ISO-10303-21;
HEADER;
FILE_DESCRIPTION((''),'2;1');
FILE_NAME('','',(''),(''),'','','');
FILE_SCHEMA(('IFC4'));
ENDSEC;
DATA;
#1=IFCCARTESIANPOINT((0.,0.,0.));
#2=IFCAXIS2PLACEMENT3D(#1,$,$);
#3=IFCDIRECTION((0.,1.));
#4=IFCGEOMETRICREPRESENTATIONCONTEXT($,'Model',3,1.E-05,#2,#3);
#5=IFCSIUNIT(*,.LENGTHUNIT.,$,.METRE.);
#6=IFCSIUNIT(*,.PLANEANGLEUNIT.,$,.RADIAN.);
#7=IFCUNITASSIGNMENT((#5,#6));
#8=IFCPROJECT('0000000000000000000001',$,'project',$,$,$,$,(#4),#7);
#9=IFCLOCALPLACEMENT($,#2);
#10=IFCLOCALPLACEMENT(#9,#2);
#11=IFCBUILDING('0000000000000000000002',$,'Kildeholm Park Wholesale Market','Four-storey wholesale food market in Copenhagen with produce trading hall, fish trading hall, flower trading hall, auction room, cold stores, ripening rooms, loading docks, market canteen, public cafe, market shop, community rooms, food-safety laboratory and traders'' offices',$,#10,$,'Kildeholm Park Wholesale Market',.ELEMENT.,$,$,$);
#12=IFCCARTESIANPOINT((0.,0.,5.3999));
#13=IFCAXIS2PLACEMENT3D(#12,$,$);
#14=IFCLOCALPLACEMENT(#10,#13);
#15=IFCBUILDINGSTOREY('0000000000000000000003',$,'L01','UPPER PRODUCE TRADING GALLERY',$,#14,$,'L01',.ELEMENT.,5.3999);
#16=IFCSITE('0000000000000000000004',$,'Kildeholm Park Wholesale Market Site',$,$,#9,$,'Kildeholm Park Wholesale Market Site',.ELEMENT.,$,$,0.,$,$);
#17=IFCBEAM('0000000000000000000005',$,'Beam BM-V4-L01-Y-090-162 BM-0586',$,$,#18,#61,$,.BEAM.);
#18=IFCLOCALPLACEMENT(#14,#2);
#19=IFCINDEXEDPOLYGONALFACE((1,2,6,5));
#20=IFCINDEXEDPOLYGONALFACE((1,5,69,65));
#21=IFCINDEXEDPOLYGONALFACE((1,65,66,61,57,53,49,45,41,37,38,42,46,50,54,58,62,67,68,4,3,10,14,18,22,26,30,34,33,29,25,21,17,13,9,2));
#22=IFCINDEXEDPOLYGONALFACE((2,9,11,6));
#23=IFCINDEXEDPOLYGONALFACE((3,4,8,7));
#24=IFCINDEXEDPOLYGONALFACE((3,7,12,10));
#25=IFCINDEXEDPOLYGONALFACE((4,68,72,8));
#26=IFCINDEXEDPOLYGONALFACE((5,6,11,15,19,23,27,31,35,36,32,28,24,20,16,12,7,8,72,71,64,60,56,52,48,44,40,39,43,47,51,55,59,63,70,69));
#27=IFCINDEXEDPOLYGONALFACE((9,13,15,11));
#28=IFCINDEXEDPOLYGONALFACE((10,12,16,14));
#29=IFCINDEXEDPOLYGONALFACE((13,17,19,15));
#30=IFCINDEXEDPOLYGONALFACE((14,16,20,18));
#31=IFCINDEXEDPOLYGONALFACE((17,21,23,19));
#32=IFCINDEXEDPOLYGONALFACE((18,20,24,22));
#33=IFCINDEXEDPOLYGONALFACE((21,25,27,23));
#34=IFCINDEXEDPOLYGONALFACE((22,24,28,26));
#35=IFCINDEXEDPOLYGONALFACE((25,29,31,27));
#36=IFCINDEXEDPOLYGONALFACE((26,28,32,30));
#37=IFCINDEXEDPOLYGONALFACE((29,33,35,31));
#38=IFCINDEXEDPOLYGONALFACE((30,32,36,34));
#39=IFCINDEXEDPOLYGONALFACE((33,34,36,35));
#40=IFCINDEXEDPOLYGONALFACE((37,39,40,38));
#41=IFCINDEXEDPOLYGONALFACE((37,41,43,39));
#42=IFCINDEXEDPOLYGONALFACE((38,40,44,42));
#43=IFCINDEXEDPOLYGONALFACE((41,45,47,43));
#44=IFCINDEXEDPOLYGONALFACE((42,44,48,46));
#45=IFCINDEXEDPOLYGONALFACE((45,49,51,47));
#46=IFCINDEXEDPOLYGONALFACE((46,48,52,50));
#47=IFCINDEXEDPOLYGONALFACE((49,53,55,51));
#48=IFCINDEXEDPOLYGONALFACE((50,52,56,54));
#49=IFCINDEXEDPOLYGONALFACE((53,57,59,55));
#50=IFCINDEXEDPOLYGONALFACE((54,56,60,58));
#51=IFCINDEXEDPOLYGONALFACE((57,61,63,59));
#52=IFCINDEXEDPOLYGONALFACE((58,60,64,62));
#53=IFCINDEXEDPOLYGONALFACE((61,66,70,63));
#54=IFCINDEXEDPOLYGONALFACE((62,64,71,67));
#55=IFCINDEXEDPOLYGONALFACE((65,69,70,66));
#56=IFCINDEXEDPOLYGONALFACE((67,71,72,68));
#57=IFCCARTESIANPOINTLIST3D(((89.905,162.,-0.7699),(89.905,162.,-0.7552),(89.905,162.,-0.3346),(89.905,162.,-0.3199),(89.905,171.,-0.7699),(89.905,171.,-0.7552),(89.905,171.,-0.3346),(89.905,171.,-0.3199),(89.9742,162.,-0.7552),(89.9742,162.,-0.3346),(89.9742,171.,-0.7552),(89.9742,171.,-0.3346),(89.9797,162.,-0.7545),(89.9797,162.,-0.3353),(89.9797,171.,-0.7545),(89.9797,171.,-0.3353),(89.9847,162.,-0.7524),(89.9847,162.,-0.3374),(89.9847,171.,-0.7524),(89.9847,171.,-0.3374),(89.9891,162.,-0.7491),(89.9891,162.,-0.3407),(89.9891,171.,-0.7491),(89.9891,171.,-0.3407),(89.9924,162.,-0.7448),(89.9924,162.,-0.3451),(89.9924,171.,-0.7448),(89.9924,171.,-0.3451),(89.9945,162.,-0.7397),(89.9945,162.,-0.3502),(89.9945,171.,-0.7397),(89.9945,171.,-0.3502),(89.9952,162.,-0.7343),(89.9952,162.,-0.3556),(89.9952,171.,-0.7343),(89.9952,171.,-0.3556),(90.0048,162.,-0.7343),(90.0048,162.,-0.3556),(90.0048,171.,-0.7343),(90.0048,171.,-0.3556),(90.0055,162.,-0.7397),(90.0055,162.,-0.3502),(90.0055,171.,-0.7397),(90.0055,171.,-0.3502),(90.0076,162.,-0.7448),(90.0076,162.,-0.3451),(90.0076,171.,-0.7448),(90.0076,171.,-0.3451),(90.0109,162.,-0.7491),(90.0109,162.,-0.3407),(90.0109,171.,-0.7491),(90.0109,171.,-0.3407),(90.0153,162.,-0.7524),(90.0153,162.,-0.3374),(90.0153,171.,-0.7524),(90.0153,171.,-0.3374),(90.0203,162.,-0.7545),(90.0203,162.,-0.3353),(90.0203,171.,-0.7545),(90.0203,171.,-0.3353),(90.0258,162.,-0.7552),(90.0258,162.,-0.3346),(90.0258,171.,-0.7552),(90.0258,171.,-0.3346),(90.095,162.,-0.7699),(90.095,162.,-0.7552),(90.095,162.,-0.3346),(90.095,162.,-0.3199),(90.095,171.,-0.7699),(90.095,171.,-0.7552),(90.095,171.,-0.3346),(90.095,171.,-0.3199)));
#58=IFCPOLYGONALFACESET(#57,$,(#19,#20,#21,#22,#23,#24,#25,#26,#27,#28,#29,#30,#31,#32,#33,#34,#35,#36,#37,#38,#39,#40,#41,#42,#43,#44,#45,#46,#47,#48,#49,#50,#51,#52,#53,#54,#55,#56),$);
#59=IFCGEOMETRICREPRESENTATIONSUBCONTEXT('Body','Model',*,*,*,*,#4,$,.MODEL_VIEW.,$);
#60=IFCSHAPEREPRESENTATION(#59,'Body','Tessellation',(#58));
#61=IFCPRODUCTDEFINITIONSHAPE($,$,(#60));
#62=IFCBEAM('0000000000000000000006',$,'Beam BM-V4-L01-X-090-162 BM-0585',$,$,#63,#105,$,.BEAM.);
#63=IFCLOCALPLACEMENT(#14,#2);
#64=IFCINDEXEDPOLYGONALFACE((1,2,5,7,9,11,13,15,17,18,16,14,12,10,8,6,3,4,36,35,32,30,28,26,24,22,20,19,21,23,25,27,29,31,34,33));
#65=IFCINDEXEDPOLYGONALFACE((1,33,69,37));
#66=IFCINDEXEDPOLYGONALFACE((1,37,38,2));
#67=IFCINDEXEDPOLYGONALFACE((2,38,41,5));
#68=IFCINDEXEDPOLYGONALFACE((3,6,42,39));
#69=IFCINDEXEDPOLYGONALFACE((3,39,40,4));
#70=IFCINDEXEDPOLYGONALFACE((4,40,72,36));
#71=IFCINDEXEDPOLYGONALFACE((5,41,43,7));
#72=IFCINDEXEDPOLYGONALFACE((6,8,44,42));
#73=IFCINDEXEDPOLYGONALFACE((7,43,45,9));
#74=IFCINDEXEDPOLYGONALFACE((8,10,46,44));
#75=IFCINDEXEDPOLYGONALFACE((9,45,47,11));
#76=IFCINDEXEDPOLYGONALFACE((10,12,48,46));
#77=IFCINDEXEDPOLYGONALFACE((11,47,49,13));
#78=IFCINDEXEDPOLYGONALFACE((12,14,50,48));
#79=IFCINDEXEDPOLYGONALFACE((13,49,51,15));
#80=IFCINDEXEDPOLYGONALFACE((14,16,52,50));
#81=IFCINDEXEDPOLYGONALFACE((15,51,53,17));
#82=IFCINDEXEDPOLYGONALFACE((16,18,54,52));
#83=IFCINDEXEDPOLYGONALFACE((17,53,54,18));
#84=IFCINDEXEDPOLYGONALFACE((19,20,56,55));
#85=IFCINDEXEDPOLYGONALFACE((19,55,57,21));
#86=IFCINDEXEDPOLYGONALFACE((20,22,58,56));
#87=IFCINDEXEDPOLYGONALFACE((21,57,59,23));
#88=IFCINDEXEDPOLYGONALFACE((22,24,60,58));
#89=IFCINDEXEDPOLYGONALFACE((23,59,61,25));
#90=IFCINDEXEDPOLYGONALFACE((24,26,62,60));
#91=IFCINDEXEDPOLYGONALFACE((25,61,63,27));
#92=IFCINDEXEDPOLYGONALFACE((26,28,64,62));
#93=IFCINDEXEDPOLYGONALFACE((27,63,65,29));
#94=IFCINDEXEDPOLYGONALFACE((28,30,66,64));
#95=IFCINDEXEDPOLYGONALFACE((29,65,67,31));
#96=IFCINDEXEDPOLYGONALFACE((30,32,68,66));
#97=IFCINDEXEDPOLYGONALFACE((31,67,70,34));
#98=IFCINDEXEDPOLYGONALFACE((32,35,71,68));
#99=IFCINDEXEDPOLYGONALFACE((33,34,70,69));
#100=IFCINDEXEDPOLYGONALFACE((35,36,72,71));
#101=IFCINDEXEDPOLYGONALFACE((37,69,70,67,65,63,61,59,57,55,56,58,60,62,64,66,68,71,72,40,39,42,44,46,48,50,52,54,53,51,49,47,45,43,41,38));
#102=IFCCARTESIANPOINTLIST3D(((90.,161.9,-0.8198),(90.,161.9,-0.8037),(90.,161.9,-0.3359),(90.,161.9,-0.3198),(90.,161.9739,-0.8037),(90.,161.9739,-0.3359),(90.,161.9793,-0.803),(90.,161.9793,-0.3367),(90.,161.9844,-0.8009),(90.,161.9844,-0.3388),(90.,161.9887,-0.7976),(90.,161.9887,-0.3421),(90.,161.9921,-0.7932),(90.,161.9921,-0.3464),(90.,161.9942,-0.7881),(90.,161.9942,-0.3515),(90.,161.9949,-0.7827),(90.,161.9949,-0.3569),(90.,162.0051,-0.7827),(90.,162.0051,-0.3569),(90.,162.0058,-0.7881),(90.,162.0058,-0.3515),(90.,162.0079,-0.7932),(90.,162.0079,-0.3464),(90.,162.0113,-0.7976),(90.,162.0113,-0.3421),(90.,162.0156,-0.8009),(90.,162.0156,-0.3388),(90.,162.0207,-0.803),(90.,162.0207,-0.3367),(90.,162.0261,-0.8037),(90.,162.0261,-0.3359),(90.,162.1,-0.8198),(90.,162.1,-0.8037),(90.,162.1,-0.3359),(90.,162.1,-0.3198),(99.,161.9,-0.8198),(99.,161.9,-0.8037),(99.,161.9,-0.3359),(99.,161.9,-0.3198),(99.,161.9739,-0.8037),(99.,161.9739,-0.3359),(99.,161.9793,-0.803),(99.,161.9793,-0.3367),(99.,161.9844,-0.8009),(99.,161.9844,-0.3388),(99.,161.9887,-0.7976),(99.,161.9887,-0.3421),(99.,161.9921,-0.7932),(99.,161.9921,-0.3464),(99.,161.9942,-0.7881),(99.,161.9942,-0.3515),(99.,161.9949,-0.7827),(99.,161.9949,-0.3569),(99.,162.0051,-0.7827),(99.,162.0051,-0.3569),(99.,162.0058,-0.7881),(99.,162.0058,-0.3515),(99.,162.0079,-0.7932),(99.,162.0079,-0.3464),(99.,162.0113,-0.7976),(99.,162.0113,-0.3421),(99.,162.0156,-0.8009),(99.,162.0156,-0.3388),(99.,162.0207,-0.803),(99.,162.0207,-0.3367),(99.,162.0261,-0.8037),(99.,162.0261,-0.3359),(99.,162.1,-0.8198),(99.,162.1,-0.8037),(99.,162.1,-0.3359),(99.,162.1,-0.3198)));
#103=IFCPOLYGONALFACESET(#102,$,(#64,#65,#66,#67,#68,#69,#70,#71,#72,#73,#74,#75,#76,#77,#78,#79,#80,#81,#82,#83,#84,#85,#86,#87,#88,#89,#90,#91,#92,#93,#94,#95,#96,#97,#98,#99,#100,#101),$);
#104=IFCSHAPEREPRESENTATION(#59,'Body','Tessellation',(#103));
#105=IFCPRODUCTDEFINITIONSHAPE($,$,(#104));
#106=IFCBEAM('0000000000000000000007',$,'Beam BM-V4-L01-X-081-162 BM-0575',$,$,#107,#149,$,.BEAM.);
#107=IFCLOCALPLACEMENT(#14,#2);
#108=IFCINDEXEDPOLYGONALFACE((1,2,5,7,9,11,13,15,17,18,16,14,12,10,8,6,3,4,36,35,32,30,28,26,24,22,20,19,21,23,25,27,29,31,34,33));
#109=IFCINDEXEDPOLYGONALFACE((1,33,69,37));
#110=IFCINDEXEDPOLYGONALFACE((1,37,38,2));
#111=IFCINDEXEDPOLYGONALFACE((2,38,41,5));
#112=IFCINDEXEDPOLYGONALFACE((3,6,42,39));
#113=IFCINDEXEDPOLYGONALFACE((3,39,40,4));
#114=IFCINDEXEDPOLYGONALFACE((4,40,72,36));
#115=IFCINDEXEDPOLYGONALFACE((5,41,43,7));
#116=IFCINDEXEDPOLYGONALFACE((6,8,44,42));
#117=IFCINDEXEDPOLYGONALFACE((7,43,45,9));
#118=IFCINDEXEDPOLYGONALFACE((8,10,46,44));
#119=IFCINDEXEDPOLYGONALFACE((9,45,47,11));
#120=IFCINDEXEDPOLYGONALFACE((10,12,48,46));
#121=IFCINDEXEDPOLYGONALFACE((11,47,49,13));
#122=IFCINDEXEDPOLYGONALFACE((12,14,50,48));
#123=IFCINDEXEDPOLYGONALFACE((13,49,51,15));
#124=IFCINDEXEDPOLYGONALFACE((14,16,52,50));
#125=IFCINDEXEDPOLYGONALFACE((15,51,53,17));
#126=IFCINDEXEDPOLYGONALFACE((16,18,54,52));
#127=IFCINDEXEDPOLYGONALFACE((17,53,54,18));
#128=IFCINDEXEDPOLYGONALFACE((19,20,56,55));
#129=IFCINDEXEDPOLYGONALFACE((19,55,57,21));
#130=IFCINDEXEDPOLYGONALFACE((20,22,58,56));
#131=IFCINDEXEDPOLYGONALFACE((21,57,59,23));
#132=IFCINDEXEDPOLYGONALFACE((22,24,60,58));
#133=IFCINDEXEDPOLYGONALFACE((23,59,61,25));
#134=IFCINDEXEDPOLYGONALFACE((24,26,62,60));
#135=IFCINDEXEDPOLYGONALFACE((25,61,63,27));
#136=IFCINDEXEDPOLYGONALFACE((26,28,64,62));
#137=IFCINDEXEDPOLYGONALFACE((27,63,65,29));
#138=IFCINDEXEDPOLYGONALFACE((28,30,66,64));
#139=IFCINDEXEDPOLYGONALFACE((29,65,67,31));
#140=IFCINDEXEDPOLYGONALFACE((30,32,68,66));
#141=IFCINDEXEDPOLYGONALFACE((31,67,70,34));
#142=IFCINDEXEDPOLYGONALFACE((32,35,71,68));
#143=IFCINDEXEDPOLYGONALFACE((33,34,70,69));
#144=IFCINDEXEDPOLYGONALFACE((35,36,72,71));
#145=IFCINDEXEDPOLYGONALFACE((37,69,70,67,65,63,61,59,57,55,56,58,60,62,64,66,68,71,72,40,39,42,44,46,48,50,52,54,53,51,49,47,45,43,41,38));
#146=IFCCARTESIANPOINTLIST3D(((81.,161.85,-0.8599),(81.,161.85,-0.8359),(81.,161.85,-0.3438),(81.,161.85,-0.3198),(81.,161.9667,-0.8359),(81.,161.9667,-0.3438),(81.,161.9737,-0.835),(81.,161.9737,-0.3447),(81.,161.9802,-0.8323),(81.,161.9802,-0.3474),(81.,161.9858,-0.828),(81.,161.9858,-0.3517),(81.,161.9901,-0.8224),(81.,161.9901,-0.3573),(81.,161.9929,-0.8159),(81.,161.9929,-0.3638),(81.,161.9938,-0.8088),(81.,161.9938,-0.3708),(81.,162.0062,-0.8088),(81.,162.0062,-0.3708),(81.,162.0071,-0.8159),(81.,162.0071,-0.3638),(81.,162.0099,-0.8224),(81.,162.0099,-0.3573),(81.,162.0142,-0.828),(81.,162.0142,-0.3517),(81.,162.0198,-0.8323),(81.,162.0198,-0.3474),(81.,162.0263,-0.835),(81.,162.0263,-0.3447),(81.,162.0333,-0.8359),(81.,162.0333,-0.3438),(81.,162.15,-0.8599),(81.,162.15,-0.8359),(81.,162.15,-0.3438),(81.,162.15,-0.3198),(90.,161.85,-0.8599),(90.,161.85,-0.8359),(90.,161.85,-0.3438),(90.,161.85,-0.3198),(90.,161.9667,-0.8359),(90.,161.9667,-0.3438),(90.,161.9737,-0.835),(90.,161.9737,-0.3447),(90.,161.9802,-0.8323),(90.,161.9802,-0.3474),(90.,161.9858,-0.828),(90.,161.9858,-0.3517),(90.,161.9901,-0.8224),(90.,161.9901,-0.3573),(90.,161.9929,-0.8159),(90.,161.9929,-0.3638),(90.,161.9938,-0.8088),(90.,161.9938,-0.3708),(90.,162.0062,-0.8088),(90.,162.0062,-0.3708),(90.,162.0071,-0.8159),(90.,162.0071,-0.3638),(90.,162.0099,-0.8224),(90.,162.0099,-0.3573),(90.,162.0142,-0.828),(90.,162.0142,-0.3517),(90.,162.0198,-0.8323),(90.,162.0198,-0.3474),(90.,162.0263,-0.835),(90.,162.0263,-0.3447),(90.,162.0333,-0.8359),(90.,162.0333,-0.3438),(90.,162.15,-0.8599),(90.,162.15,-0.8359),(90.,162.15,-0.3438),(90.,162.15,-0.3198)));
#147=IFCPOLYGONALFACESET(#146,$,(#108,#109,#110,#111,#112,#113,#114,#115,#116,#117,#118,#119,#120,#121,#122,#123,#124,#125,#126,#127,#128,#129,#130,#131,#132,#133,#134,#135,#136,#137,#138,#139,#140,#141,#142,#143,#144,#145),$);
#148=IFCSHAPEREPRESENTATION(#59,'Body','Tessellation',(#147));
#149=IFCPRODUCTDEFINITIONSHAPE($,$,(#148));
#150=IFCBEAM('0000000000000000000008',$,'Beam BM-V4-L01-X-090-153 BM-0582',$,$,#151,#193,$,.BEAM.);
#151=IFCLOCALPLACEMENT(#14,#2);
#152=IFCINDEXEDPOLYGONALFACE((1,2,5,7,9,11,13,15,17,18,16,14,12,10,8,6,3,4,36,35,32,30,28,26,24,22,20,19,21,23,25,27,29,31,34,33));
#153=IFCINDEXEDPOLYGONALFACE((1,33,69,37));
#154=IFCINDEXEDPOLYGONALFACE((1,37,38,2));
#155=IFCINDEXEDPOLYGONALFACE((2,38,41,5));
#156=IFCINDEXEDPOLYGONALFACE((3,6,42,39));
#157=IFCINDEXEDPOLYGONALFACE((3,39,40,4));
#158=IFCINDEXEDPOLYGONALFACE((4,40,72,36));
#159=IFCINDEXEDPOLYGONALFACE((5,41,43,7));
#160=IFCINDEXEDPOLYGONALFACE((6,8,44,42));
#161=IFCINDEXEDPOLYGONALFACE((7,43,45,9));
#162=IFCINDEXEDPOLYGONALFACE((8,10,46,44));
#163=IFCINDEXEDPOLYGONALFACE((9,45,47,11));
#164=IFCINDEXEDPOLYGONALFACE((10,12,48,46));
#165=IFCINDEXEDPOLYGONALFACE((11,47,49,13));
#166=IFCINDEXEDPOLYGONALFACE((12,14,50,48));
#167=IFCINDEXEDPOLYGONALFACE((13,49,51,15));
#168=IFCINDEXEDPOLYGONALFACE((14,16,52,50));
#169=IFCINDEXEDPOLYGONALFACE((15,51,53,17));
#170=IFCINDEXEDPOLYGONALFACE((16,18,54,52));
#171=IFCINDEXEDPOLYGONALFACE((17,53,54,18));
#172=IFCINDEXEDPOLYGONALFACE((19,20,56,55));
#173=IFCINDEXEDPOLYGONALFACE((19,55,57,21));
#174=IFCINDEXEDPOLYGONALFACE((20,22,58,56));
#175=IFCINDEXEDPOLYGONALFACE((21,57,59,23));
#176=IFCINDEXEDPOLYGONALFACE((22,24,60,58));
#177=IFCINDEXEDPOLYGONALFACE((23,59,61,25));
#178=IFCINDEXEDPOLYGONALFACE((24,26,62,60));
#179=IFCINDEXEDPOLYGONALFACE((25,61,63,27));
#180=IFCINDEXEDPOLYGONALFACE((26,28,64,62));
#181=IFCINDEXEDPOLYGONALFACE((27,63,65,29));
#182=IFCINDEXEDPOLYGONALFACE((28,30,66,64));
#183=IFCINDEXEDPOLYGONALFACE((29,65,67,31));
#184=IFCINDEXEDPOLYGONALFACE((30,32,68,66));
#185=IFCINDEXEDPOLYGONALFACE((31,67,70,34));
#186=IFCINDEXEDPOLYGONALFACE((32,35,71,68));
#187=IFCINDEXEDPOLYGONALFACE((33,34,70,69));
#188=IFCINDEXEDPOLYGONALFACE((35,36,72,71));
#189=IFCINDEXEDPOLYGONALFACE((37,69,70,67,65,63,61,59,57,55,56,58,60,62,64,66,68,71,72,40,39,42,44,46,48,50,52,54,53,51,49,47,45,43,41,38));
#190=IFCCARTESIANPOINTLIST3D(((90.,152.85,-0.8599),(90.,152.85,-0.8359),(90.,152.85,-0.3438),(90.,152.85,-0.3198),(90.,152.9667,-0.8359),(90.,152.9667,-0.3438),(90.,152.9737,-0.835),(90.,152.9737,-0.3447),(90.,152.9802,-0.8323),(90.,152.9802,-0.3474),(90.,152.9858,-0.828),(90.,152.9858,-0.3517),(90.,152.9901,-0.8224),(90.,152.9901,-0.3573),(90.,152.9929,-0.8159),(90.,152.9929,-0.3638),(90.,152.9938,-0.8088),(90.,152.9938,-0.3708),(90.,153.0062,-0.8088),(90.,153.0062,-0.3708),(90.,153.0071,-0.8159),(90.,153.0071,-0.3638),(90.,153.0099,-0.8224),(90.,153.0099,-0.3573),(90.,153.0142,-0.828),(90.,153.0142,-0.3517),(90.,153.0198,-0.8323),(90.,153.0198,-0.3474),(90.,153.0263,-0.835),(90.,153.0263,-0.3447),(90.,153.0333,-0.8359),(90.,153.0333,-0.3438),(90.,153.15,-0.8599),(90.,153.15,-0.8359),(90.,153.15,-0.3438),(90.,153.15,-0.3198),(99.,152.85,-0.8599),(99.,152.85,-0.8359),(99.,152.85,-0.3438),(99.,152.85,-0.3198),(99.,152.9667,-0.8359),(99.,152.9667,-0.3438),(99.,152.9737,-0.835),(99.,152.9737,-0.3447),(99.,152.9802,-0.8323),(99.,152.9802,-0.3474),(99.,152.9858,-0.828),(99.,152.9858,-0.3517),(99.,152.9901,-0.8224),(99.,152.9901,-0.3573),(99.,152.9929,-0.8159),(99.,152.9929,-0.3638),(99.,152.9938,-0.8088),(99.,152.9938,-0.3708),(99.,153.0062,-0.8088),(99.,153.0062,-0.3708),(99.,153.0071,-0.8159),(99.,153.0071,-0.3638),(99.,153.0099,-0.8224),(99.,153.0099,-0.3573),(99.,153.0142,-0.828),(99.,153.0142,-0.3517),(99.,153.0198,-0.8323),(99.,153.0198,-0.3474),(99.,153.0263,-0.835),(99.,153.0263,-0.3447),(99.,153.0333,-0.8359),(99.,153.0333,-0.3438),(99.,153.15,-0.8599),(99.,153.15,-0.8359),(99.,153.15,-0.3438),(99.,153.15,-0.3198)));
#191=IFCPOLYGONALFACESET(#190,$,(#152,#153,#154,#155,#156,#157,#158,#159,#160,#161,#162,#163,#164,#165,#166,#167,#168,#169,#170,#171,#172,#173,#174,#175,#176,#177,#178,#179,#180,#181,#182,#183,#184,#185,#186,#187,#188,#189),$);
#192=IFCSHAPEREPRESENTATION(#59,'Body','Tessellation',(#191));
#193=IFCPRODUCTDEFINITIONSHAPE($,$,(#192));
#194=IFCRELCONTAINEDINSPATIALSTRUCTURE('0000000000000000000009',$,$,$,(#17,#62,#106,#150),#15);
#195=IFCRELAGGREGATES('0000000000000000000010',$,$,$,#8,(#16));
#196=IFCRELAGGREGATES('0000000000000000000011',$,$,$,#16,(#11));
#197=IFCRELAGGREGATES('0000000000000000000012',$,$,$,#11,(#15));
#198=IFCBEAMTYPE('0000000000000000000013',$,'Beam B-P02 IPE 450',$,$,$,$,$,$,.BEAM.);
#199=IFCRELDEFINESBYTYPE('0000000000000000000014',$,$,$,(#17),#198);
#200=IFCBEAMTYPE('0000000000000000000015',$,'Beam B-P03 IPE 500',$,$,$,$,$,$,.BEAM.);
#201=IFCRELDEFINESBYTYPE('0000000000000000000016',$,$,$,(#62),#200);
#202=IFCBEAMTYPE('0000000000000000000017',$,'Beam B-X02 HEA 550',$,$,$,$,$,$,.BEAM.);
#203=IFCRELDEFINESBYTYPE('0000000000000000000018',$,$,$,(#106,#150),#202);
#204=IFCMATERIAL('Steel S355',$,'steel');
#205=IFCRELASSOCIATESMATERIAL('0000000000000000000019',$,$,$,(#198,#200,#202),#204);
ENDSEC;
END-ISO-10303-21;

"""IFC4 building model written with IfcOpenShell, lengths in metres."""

from ifc_helpers import new_model, si_unit, direction, frame, origin, origin_2d, place, context, subcontext, project, spatial, i_section, extrude, material, material_profile, profile_set, type_object, element, save


model = new_model("IFC4")

# Units and contexts
model_context = context("Model", 3, precision=1e-05, world=origin(), true_north=direction((0.0, 1.0)))
body_context = subcontext(model_context, "Body", "Model", "MODEL_VIEW")
ifc_project = project(units=[si_unit("LENGTHUNIT", "METRE"), si_unit("PLANEANGLEUNIT", "RADIAN")], contexts=[model_context])

# Site, building, storey
site_placement = place(None, origin())
site = spatial("IfcSite", under=ifc_project, at=site_placement, Name="Kildeholm Park Wholesale Market Site", LongName="Kildeholm Park Wholesale Market Site", CompositionType="ELEMENT", RefElevation=0.0)
building_placement = place(site_placement, origin())
building = spatial("IfcBuilding", under=site, at=building_placement, Name="Kildeholm Park Wholesale Market", Description="Four-storey wholesale food market in Copenhagen with produce trading hall, fish trading hall, flower trading hall, auction room, cold stores, ripening rooms, loading docks, market canteen, public cafe, market shop, community rooms, food-safety laboratory and traders' offices", LongName="Kildeholm Park Wholesale Market", CompositionType="ELEMENT")
storey_placement = place(building_placement, frame((0.0, 0.0, 5.3999)))
storey = spatial("IfcBuildingStorey", under=building, at=storey_placement, Name="L01", Description="UPPER PRODUCE TRADING GALLERY", LongName="L01", CompositionType="ELEMENT", Elevation=5.3999)

# Beams
ifc_material_1 = material(Name="Steel S355", Category="steel")
ifc_material_profile_1 = material_profile(ifc_material_1, i_section(OverallWidth=0.1899, OverallDepth=0.45, WebThickness=0.0095, FlangeThickness=0.0146, FilletRadius=0.021, at=origin_2d()), Name="IPE 450")
ifc_profile_set_1 = profile_set([ifc_material_profile_1], Name="Steel S355")
beam_type_1 = type_object("IfcBeamType", Name="Beam B-P02 IPE 450", PredefinedType="BEAM", material=ifc_profile_set_1)
for number, where, z_axis, x_axis, name in (
    (1, (90.0, 162.0, -0.5449), (0.0, 1.0, 0.0), (-1.0, 0.0, 0.0), "Beam BM-V4-L01-Y-090-162 BM-0586"),
):
    element("IfcBeam", number, at=place(storey_placement, frame(where, z_axis=z_axis, x_axis=x_axis)), inside=storey, type_object=beam_type_1, Name=name, PredefinedType="BEAM", context=body_context, shape_type="SweptSolid", body=[
        extrude(i_section(OverallWidth=0.1899, OverallDepth=0.45, WebThickness=0.0095, FlangeThickness=0.0146, FilletRadius=0.021, at=origin_2d()), origin(), (0.0, 0.0, 1.0), 9.0),
    ])
ifc_material_profile_2 = material_profile(ifc_material_1, i_section(OverallWidth=0.2, OverallDepth=0.5, WebThickness=0.0103, FlangeThickness=0.0161, FilletRadius=0.021, at=origin_2d()), Name="IPE 500")
ifc_profile_set_2 = profile_set([ifc_material_profile_2], Name="Steel S355")
beam_type_2 = type_object("IfcBeamType", Name="Beam B-P03 IPE 500", PredefinedType="BEAM", material=ifc_profile_set_2)
beam_placement = place(storey_placement, frame((90.0, 162.0, -0.5698), z_axis=(1.0, 0.0, 0.0), x_axis=(0.0, 1.0, 0.0)))
element("IfcBeam", 2, at=beam_placement, inside=storey, type_object=beam_type_2, Name="Beam BM-V4-L01-X-090-162 BM-0585", PredefinedType="BEAM", context=body_context, shape_type="SweptSolid", body=[
    extrude(i_section(OverallWidth=0.2, OverallDepth=0.5, WebThickness=0.0103, FlangeThickness=0.0161, FilletRadius=0.021, at=origin_2d()), origin(), (0.0, 0.0, 1.0), 9.0),
])
ifc_material_profile_3 = material_profile(ifc_material_1, i_section(OverallWidth=0.3, OverallDepth=0.54, WebThickness=0.0125, FlangeThickness=0.0239, FilletRadius=0.0271, at=origin_2d()), Name="HEA 550")
ifc_profile_set_3 = profile_set([ifc_material_profile_3], Name="Steel S355")
beam_type_3 = type_object("IfcBeamType", Name="Beam B-X02 HEA 550", PredefinedType="BEAM", material=ifc_profile_set_3)
for number, where, z_axis, x_axis, name in (
    (3, (81.0, 162.0, -0.5898), (1.0, 0.0, 0.0), (0.0, 1.0, 0.0), "Beam BM-V4-L01-X-081-162 BM-0575"),
    (4, (90.0, 153.0, -0.5898), (1.0, 0.0, 0.0), (0.0, 1.0, 0.0), "Beam BM-V4-L01-X-090-153 BM-0582"),
):
    element("IfcBeam", number, at=place(storey_placement, frame(where, z_axis=z_axis, x_axis=x_axis)), inside=storey, type_object=beam_type_3, Name=name, PredefinedType="BEAM", context=body_context, shape_type="SweptSolid", body=[
        extrude(i_section(OverallWidth=0.3, OverallDepth=0.54, WebThickness=0.0125, FlangeThickness=0.0239, FilletRadius=0.0271, at=origin_2d()), origin(), (0.0, 0.0, 1.0), 9.0),
    ])

save(model, "model.ifc")
